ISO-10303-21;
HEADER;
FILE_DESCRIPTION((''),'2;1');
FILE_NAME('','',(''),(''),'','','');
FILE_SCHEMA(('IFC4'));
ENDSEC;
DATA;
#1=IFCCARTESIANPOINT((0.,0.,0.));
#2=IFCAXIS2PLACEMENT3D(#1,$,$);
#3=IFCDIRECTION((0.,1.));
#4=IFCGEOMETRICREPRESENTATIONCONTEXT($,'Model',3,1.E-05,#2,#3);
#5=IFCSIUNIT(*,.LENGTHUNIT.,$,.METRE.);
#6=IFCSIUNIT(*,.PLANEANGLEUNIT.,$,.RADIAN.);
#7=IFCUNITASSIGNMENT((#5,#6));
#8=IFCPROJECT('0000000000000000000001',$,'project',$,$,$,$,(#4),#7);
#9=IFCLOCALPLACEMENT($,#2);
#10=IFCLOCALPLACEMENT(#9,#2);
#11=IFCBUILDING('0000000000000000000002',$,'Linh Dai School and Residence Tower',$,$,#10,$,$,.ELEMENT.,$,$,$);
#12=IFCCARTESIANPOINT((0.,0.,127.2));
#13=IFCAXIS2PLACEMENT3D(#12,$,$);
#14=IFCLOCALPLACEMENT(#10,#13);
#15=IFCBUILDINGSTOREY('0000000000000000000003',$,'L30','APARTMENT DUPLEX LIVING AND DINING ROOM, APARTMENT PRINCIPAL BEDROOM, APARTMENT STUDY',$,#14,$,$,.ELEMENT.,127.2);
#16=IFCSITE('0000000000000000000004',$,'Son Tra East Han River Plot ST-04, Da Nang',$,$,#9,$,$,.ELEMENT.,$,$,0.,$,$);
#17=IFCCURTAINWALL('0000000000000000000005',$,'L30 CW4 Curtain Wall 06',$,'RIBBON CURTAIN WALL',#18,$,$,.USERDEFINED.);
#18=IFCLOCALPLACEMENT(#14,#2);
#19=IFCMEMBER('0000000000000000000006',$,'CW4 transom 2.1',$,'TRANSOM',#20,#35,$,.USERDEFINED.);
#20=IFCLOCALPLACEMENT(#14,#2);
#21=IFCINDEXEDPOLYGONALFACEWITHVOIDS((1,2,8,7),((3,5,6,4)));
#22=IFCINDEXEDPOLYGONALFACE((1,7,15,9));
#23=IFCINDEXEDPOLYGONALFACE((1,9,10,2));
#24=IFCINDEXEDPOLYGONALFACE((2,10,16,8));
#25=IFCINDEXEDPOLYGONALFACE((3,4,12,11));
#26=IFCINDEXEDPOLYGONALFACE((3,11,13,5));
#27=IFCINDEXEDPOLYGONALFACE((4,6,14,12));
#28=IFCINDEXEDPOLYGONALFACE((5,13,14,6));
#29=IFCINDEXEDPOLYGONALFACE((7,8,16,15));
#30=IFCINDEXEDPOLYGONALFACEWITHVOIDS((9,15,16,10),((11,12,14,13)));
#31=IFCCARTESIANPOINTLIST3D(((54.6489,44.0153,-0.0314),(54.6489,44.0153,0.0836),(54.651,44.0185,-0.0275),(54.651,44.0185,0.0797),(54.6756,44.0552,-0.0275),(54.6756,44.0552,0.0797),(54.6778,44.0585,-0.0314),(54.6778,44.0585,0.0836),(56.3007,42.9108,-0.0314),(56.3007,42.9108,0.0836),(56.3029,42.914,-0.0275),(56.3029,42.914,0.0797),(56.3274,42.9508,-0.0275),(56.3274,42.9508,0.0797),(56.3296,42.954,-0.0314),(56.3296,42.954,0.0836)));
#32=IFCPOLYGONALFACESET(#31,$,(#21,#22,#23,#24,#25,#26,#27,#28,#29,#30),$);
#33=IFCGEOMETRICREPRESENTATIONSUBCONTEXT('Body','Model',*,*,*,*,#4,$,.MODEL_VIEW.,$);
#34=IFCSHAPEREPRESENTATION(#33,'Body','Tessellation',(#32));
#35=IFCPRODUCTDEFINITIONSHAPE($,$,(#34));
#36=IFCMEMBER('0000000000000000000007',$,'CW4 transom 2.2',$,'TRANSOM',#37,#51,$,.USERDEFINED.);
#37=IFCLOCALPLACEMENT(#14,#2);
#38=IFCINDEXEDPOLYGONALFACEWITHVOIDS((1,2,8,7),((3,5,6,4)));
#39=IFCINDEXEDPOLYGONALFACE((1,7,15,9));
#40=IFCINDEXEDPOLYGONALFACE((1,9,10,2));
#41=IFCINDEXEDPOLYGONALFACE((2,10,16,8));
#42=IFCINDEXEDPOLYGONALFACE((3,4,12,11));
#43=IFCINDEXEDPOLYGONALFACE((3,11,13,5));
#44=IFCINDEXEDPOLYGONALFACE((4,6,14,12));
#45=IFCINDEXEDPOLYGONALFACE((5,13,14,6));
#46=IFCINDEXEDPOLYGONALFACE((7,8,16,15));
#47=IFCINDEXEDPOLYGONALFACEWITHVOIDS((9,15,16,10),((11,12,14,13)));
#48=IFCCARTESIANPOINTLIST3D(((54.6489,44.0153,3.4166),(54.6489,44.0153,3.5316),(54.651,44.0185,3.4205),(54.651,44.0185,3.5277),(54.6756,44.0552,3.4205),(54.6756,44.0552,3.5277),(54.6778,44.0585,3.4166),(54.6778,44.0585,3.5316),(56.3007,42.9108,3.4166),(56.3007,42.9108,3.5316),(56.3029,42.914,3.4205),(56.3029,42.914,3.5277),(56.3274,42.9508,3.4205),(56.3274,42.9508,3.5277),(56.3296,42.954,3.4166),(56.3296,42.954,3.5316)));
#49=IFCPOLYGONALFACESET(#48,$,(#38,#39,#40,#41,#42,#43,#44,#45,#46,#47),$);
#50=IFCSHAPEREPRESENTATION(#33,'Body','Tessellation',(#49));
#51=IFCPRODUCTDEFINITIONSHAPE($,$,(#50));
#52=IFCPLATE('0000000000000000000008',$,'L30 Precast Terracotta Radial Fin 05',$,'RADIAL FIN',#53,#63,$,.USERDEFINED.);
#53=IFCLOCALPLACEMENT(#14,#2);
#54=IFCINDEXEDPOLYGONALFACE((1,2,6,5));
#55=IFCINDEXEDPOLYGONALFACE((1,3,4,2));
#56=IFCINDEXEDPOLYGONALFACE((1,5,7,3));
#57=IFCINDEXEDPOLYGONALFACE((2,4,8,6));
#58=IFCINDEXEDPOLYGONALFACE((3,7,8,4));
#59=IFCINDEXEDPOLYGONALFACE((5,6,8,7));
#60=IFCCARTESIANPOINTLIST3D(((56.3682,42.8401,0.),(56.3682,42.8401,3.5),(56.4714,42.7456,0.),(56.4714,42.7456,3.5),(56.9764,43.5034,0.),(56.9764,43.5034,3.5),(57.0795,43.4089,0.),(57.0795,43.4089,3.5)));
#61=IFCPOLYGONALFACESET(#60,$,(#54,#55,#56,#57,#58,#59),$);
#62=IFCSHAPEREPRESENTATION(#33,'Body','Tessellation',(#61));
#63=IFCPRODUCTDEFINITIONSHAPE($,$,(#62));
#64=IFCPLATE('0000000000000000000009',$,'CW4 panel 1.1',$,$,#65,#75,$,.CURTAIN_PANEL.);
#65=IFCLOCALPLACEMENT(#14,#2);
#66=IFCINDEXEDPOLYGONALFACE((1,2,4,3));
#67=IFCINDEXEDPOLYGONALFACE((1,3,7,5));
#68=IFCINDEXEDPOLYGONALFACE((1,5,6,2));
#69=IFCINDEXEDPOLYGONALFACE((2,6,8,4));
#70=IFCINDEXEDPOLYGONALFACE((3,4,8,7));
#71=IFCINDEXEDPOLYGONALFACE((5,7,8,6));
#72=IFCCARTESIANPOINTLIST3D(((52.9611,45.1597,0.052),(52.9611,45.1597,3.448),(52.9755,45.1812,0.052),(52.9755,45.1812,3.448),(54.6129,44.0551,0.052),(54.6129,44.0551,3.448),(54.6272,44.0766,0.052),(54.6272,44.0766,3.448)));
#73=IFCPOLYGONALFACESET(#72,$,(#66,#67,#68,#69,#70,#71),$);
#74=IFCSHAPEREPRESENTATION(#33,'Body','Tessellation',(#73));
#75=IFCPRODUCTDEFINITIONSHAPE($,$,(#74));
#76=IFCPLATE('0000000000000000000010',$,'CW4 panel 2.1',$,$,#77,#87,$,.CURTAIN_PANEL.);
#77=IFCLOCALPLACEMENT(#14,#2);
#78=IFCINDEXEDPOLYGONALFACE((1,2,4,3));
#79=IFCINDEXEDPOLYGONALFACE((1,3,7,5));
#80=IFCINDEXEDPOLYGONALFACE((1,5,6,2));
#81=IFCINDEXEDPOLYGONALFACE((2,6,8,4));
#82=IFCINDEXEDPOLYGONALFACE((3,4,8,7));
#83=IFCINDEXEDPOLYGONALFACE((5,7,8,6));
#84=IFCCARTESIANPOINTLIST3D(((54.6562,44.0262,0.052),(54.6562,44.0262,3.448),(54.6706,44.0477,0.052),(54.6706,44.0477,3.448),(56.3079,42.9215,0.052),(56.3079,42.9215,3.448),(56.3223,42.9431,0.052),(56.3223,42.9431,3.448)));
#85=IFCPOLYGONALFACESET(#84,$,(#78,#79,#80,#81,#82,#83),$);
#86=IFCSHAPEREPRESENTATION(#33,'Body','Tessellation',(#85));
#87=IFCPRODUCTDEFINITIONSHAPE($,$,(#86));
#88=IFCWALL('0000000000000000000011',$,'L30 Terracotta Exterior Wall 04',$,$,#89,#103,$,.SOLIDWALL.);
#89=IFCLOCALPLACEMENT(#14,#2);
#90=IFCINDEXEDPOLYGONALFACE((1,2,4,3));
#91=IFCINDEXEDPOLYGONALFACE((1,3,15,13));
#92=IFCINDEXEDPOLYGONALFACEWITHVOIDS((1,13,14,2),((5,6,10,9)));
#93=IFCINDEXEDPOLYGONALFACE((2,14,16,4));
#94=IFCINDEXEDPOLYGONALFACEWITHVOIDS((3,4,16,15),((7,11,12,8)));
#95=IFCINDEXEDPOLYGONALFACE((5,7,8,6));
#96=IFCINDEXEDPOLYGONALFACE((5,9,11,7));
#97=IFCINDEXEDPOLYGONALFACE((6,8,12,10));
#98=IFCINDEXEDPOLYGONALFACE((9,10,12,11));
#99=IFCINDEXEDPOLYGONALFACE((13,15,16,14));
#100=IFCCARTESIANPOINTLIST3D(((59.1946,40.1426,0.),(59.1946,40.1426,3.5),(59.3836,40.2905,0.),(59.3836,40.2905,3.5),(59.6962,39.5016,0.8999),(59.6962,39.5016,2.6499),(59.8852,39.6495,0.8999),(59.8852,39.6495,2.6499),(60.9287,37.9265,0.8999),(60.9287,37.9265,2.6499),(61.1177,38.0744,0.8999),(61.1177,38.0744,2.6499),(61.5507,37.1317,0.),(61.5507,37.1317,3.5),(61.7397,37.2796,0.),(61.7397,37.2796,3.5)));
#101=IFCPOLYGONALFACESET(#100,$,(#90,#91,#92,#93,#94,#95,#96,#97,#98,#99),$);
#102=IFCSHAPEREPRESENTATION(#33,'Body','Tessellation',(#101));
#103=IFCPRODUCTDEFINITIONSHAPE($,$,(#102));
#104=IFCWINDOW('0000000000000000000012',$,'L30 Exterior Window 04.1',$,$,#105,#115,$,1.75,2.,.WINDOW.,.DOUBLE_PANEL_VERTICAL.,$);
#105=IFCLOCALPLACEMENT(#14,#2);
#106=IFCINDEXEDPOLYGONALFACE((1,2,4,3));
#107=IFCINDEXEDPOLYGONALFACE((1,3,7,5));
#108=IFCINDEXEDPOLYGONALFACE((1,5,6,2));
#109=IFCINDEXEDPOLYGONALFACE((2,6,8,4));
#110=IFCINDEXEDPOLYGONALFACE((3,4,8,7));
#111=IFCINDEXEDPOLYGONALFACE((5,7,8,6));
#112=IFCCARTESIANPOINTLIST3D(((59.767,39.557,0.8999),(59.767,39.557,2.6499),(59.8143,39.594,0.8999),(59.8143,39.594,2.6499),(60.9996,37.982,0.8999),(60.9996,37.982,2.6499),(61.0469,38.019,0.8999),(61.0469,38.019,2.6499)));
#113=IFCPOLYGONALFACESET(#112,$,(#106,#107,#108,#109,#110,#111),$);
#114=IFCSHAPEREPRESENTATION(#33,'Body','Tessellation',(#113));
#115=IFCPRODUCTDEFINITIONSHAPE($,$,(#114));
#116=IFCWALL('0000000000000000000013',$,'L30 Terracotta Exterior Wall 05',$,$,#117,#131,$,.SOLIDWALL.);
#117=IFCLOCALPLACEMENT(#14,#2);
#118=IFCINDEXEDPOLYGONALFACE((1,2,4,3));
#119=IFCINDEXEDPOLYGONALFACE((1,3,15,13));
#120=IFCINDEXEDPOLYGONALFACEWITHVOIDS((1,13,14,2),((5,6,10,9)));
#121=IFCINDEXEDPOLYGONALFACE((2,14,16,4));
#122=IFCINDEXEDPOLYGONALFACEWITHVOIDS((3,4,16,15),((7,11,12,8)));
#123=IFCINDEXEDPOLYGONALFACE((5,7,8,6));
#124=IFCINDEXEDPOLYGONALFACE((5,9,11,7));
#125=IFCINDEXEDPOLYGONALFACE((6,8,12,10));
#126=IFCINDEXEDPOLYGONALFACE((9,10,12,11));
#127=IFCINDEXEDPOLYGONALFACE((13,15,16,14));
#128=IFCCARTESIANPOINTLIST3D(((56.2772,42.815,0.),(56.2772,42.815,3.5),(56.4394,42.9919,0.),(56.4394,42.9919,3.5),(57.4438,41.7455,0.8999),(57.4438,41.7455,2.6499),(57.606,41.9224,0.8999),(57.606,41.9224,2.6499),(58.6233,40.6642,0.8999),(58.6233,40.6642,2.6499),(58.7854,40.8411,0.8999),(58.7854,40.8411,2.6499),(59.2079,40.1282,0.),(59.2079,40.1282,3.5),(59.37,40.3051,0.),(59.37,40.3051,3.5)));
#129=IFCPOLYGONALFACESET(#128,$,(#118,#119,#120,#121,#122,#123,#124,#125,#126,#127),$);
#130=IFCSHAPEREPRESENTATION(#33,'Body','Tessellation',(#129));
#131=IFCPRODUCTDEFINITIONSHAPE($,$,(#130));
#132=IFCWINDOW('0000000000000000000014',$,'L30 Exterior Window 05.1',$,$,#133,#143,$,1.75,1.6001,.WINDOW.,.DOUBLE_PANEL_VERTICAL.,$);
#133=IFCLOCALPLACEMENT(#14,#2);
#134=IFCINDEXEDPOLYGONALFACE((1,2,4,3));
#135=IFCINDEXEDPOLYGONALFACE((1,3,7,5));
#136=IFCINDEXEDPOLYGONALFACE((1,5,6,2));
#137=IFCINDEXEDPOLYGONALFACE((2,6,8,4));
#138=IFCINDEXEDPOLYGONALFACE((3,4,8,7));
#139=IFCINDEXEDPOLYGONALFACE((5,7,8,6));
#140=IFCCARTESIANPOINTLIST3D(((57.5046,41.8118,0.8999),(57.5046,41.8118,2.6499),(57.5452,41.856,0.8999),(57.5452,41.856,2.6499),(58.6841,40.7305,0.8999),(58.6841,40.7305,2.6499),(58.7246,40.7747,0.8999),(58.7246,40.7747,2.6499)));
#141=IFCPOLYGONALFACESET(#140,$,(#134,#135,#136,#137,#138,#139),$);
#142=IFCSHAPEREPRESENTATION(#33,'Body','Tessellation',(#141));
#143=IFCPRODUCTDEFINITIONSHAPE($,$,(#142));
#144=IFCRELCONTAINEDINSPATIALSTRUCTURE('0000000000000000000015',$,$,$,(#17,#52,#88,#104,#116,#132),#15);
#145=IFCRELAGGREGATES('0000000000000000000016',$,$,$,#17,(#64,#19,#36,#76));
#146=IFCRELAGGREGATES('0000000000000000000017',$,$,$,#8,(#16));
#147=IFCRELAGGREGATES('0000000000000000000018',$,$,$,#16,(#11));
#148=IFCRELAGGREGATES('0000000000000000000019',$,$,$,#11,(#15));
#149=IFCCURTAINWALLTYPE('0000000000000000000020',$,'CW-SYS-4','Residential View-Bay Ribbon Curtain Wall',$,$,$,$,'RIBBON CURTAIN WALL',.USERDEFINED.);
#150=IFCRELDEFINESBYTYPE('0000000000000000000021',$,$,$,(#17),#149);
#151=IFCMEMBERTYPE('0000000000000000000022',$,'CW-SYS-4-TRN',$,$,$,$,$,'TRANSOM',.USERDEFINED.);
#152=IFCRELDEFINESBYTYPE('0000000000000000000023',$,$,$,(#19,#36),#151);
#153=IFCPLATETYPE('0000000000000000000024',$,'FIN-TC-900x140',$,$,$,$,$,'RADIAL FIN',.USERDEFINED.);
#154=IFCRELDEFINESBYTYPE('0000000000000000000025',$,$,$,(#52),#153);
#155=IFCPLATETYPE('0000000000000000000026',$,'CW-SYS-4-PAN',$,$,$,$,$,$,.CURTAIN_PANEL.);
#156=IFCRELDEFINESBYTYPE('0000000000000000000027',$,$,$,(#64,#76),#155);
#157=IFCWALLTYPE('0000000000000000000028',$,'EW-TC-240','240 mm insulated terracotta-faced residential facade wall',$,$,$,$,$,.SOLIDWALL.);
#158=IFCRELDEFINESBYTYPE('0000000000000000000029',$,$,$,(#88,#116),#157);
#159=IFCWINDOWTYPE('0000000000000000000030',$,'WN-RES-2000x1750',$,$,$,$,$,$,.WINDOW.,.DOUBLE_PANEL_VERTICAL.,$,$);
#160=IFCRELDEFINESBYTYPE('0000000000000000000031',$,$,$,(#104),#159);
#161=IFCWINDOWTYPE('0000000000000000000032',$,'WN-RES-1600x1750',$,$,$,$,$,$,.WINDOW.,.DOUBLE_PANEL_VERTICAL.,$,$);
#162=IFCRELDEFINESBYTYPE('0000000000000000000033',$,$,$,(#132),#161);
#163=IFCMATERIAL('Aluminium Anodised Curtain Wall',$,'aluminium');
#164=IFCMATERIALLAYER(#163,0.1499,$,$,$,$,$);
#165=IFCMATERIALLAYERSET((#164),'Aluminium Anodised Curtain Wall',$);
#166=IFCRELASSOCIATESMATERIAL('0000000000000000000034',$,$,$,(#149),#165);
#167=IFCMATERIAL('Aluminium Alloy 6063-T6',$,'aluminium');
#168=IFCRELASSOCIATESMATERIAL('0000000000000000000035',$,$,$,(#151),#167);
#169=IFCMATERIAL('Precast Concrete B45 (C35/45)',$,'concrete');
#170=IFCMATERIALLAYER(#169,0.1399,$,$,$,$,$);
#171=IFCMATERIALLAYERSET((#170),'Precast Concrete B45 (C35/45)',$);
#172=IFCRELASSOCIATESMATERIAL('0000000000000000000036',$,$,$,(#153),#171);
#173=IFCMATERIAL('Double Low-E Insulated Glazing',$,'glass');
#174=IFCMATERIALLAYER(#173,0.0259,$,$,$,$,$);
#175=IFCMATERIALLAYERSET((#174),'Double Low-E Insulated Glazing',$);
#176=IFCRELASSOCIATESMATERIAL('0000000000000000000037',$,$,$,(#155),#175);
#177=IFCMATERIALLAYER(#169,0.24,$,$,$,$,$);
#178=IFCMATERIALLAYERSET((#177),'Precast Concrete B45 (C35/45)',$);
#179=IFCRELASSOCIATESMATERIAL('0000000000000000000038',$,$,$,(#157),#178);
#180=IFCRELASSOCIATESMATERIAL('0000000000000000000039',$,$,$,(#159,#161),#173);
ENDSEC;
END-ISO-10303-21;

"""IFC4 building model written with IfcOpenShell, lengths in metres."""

from ifc_helpers import new_model, si_unit, direction, frame, frame_2d, origin, origin_2d, place, context, subcontext, project, spatial, rectangle, hollow_rectangle, extrude, source, transform, mapped, material, layer, layer_set, material_profile, profile_set, type_object, element, fill, aggregate, save


model = new_model("IFC4")

# Units and contexts
model_context = context("Model", 3, precision=1e-05, world=origin(), true_north=direction((0.0, 1.0)))
body_context = subcontext(model_context, "Body", "Model", "MODEL_VIEW")
ifc_project = project(units=[si_unit("LENGTHUNIT", "METRE"), si_unit("PLANEANGLEUNIT", "RADIAN")], contexts=[model_context])

# Site, building, storey
site_placement = place(None, origin())
site = spatial("IfcSite", under=ifc_project, at=site_placement, Name="Son Tra East Han River Plot ST-04, Da Nang", CompositionType="ELEMENT", RefElevation=0.0)
building_placement = place(site_placement, origin())
building = spatial("IfcBuilding", under=site, at=building_placement, Name="Linh Dai School and Residence Tower", CompositionType="ELEMENT")
storey_placement = place(building_placement, frame((0.0, 0.0, 127.2)))
storey = spatial("IfcBuildingStorey", under=building, at=storey_placement, Name="L30", Description="APARTMENT DUPLEX LIVING AND DINING ROOM, APARTMENT PRINCIPAL BEDROOM, APARTMENT STUDY", CompositionType="ELEMENT", Elevation=127.2)

# Curtain wall, members
ifc_material_1 = material(Name="Aluminium Anodised Curtain Wall", Category="aluminium")
ifc_layer_1 = layer(ifc_material_1, 0.1499)
ifc_layer_set_1 = layer_set([ifc_layer_1], Name="Aluminium Anodised Curtain Wall")
curtain_wall_type = type_object("IfcCurtainWallType", Name="CW-SYS-4", Description="Residential View-Bay Ribbon Curtain Wall", ElementType="RIBBON CURTAIN WALL", PredefinedType="USERDEFINED", material=ifc_layer_set_1)
curtain_wall_placement = place(storey_placement, origin())
curtain_wall = element("IfcCurtainWall", 1, at=curtain_wall_placement, inside=storey, type_object=curtain_wall_type, Name="L30 CW4 Curtain Wall 06", ObjectType="RIBBON CURTAIN WALL", PredefinedType="USERDEFINED")
ifc_material_2 = material(Name="Aluminium Alloy 6063-T6", Category="aluminium")
ifc_material_profile_1 = material_profile(ifc_material_2, hollow_rectangle(XDim=0.052, YDim=0.115, WallThickness=0.0039, at=origin_2d()), Name="RHS 115x52x4")
ifc_profile_set_1 = profile_set([ifc_material_profile_1], Name="Aluminium Alloy 6063-T6")
member_type_1 = type_object("IfcMemberType", Name="CW-SYS-4-TRN", ElementType="TRANSOM", PredefinedType="USERDEFINED", material=ifc_profile_set_1)
shared_shape_1 = source(origin(), body_context, "Body", "SweptSolid", [
    extrude(hollow_rectangle(XDim=0.052, YDim=0.115, WallThickness=0.0039, at=origin_2d()), origin(), (0.0, 0.0, 1.0), 1.9871),
])
member_1_placement = place(storey_placement, frame((54.6633, 44.0369, 0.0261), z_axis=(0.831293, -0.555834, 0.0), x_axis=(0.555834, 0.831293, 0.0)))
member_1 = element("IfcMember", 2, at=member_1_placement, type_object=member_type_1, Name="CW4 transom 2.1", ObjectType="TRANSOM", PredefinedType="USERDEFINED", context=body_context, shape_type="MappedRepresentation", body=[
    mapped(shared_shape_1, transform((0.0, 0.0, 0.0), x_axis=(1.0, 0.0, 0.0), y_axis=(0.0, 1.0, 0.0), z_axis=(0.0, 0.0, 1.0), scale=1.0)),
])
member_2_placement = place(storey_placement, frame((54.6633, 44.0369, 3.4741), z_axis=(0.831293, -0.555834, 0.0), x_axis=(0.555834, 0.831293, 0.0)))
member_2 = element("IfcMember", 3, at=member_2_placement, type_object=member_type_1, Name="CW4 transom 2.2", ObjectType="TRANSOM", PredefinedType="USERDEFINED", context=body_context, shape_type="MappedRepresentation", body=[
    mapped(shared_shape_1, transform((0.0, 0.0, 0.0), x_axis=(1.0, 0.0, 0.0), y_axis=(0.0, 1.0, 0.0), z_axis=(0.0, 0.0, 1.0), scale=1.0)),
])

# Plates
ifc_material_3 = material(Name="Precast Concrete B45 (C35/45)", Category="concrete")
ifc_layer_2 = layer(ifc_material_3, 0.1399)
ifc_layer_set_2 = layer_set([ifc_layer_2], Name="Precast Concrete B45 (C35/45)")
plate_type_1 = type_object("IfcPlateType", Name="FIN-TC-900x140", ElementType="RADIAL FIN", PredefinedType="USERDEFINED", material=ifc_layer_set_2)
shared_shape_2 = source(origin(), body_context, "Body", "SweptSolid", [
    extrude(rectangle(XDim=0.8999, YDim=0.1399, at=origin_2d()), origin(), (0.0, 0.0, 1.0), 3.5),
])
plate_1_placement = place(storey_placement, frame((56.7239, 43.1245, 0.0), z_axis=(0.0, 0.0, 1.0), x_axis=(0.675783, 0.7371, 0.0)))
element("IfcPlate", 4, at=plate_1_placement, inside=storey, type_object=plate_type_1, Name="L30 Precast Terracotta Radial Fin 05", ObjectType="RADIAL FIN", PredefinedType="USERDEFINED", context=body_context, shape_type="MappedRepresentation", body=[
    mapped(shared_shape_2, transform((0.0, 0.0, 0.0), x_axis=(1.0, 0.0, 0.0), y_axis=(0.0, 1.0, 0.0), z_axis=(0.0, 0.0, 1.0), scale=1.0)),
])
ifc_material_4 = material(Name="Double Low-E Insulated Glazing", Category="glass")
ifc_layer_3 = layer(ifc_material_4, 0.0259)
ifc_layer_set_3 = layer_set([ifc_layer_3], Name="Double Low-E Insulated Glazing")
plate_type_2 = type_object("IfcPlateType", Name="CW-SYS-4-PAN", PredefinedType="CURTAIN_PANEL", material=ifc_layer_set_3)
shared_shape_3 = source(origin(), body_context, "Body", "SweptSolid", [
    extrude(rectangle(XDim=1.9871, YDim=0.0259, at=origin_2d()), origin(), (0.0, 0.0, 1.0), 3.396),
])
plate_2_placement = place(storey_placement, frame((53.7942, 44.6182, 0.052), z_axis=(0.0, 0.0, 1.0), x_axis=(0.83124, -0.555913, 0.0)))
plate_2 = element("IfcPlate", 5, at=plate_2_placement, type_object=plate_type_2, Name="CW4 panel 1.1", PredefinedType="CURTAIN_PANEL", context=body_context, shape_type="MappedRepresentation", body=[
    mapped(shared_shape_3, transform((0.0, 0.0, 0.0), x_axis=(1.0, 0.0, 0.0), y_axis=(0.0, 1.0, 0.0), z_axis=(0.0, 0.0, 1.0), scale=1.0)),
])
plate_3_placement = place(storey_placement, frame((55.4893, 43.4846, 0.052), z_axis=(0.0, 0.0, 1.0), x_axis=(0.83124, -0.555913, 0.0)))
plate_3 = element("IfcPlate", 6, at=plate_3_placement, type_object=plate_type_2, Name="CW4 panel 2.1", PredefinedType="CURTAIN_PANEL", context=body_context, shape_type="MappedRepresentation", body=[
    mapped(shared_shape_3, transform((0.0, 0.0, 0.0), x_axis=(1.0, 0.0, 0.0), y_axis=(0.0, 1.0, 0.0), z_axis=(0.0, 0.0, 1.0), scale=1.0)),
])
aggregate(curtain_wall, [plate_2, member_1, member_2, plate_3])

# Walls, openings, windows
ifc_layer_4 = layer(ifc_material_3, 0.24)
ifc_layer_set_4 = layer_set([ifc_layer_4], Name="Precast Concrete B45 (C35/45)")
wall_type_1 = type_object("IfcWallType", Name="EW-TC-240", Description="240 mm insulated terracotta-faced residential facade wall", PredefinedType="SOLIDWALL", material=ifc_layer_set_4)
wall_1_placement = place(storey_placement, frame((59.2891, 40.2166, 0.0), z_axis=(0.0, 0.0, 1.0), x_axis=(0.616272, -0.787533, 0.0)))
wall_1 = element("IfcWall", 7, at=wall_1_placement, inside=storey, type_object=wall_type_1, Name="L30 Terracotta Exterior Wall 04", PredefinedType="SOLIDWALL", context=body_context, shape_type="SweptSolid", body=[
    extrude(rectangle(XDim=3.8232, YDim=0.24, at=frame_2d((1.9116, 0.0))), origin(), (0.0, 0.0, 1.0), 3.5),
])
opening_1_placement = place(wall_1_placement, frame((0.814, 0.0, 0.8999)))
opening_1 = element("IfcOpeningElement", 8, at=opening_1_placement, cuts=wall_1, PredefinedType="OPENING", context=body_context, shape_type="SweptSolid", body=[
    extrude(rectangle(XDim=2.0, YDim=1.75, at=origin_2d()), frame((1.0, 0.1299, 0.875), z_axis=(0.0, -1.0, 0.0), x_axis=(1.0, 0.0, 0.0)), (0.0, 0.0, 1.0), 0.26),
])
window_type_1 = type_object("IfcWindowType", Name="WN-RES-2000x1750", PartitioningType="DOUBLE_PANEL_VERTICAL", PredefinedType="WINDOW", material=ifc_material_4)
shared_shape_4 = source(origin(), body_context, "Body", "SweptSolid", [
    extrude(rectangle(XDim=2.0, YDim=1.75, at=origin_2d()), frame((1.0, 0.03, 0.875), z_axis=(0.0, -1.0, 0.0), x_axis=(1.0, 0.0, 0.0)), (0.0, 0.0, 1.0), 0.0601),
])
window_1_placement = place(opening_1_placement, origin())
window_1 = element("IfcWindow", 9, at=window_1_placement, inside=storey, type_object=window_type_1, Name="L30 Exterior Window 04.1", OverallHeight=1.75, OverallWidth=2.0, PartitioningType="DOUBLE_PANEL_VERTICAL", PredefinedType="WINDOW", context=body_context, shape_type="MappedRepresentation", body=[
    mapped(shared_shape_4, transform((0.0, 0.0, 0.0), x_axis=(1.0, 0.0, 0.0), y_axis=(0.0, 1.0, 0.0), z_axis=(0.0, 0.0, 1.0), scale=1.0)),
])
fill(opening_1, window_1)
wall_2_placement = place(storey_placement, frame((56.3584, 42.9033, 0.0), z_axis=(0.0, 0.0, 1.0), x_axis=(0.737113, -0.675769, 0.0)))
wall_2 = element("IfcWall", 10, at=wall_2_placement, inside=storey, type_object=wall_type_1, Name="L30 Terracotta Exterior Wall 05", PredefinedType="SOLIDWALL", context=body_context, shape_type="SweptSolid", body=[
    extrude(rectangle(XDim=3.9758, YDim=0.24, at=frame_2d((1.9878, 0.0))), origin(), (0.0, 0.0, 1.0), 3.5),
])
opening_2_placement = place(wall_2_placement, frame((1.5825, 0.0, 0.8999)))
opening_2 = element("IfcOpeningElement", 11, at=opening_2_placement, cuts=wall_2, PredefinedType="OPENING", context=body_context, shape_type="SweptSolid", body=[
    extrude(rectangle(XDim=1.6001, YDim=1.75, at=origin_2d()), frame((0.8, 0.1299, 0.875), z_axis=(0.0, -1.0, 0.0), x_axis=(1.0, 0.0, 0.0)), (0.0, 0.0, 1.0), 0.26),
])
window_type_2 = type_object("IfcWindowType", Name="WN-RES-1600x1750", PartitioningType="DOUBLE_PANEL_VERTICAL", PredefinedType="WINDOW", material=ifc_material_4)
shared_shape_5 = source(origin(), body_context, "Body", "SweptSolid", [
    extrude(rectangle(XDim=1.6001, YDim=1.75, at=origin_2d()), frame((0.8, 0.03, 0.875), z_axis=(0.0, -1.0, 0.0), x_axis=(1.0, 0.0, 0.0)), (0.0, 0.0, 1.0), 0.0601),
])
window_2_placement = place(opening_2_placement, origin())
window_2 = element("IfcWindow", 12, at=window_2_placement, inside=storey, type_object=window_type_2, Name="L30 Exterior Window 05.1", OverallHeight=1.75, OverallWidth=1.6001, PartitioningType="DOUBLE_PANEL_VERTICAL", PredefinedType="WINDOW", context=body_context, shape_type="MappedRepresentation", body=[
    mapped(shared_shape_5, transform((0.0, 0.0, 0.0), x_axis=(1.0, 0.0, 0.0), y_axis=(0.0, 1.0, 0.0), z_axis=(0.0, 0.0, 1.0), scale=1.0)),
])
fill(opening_2, window_2)

save(model, "model.ifc")
